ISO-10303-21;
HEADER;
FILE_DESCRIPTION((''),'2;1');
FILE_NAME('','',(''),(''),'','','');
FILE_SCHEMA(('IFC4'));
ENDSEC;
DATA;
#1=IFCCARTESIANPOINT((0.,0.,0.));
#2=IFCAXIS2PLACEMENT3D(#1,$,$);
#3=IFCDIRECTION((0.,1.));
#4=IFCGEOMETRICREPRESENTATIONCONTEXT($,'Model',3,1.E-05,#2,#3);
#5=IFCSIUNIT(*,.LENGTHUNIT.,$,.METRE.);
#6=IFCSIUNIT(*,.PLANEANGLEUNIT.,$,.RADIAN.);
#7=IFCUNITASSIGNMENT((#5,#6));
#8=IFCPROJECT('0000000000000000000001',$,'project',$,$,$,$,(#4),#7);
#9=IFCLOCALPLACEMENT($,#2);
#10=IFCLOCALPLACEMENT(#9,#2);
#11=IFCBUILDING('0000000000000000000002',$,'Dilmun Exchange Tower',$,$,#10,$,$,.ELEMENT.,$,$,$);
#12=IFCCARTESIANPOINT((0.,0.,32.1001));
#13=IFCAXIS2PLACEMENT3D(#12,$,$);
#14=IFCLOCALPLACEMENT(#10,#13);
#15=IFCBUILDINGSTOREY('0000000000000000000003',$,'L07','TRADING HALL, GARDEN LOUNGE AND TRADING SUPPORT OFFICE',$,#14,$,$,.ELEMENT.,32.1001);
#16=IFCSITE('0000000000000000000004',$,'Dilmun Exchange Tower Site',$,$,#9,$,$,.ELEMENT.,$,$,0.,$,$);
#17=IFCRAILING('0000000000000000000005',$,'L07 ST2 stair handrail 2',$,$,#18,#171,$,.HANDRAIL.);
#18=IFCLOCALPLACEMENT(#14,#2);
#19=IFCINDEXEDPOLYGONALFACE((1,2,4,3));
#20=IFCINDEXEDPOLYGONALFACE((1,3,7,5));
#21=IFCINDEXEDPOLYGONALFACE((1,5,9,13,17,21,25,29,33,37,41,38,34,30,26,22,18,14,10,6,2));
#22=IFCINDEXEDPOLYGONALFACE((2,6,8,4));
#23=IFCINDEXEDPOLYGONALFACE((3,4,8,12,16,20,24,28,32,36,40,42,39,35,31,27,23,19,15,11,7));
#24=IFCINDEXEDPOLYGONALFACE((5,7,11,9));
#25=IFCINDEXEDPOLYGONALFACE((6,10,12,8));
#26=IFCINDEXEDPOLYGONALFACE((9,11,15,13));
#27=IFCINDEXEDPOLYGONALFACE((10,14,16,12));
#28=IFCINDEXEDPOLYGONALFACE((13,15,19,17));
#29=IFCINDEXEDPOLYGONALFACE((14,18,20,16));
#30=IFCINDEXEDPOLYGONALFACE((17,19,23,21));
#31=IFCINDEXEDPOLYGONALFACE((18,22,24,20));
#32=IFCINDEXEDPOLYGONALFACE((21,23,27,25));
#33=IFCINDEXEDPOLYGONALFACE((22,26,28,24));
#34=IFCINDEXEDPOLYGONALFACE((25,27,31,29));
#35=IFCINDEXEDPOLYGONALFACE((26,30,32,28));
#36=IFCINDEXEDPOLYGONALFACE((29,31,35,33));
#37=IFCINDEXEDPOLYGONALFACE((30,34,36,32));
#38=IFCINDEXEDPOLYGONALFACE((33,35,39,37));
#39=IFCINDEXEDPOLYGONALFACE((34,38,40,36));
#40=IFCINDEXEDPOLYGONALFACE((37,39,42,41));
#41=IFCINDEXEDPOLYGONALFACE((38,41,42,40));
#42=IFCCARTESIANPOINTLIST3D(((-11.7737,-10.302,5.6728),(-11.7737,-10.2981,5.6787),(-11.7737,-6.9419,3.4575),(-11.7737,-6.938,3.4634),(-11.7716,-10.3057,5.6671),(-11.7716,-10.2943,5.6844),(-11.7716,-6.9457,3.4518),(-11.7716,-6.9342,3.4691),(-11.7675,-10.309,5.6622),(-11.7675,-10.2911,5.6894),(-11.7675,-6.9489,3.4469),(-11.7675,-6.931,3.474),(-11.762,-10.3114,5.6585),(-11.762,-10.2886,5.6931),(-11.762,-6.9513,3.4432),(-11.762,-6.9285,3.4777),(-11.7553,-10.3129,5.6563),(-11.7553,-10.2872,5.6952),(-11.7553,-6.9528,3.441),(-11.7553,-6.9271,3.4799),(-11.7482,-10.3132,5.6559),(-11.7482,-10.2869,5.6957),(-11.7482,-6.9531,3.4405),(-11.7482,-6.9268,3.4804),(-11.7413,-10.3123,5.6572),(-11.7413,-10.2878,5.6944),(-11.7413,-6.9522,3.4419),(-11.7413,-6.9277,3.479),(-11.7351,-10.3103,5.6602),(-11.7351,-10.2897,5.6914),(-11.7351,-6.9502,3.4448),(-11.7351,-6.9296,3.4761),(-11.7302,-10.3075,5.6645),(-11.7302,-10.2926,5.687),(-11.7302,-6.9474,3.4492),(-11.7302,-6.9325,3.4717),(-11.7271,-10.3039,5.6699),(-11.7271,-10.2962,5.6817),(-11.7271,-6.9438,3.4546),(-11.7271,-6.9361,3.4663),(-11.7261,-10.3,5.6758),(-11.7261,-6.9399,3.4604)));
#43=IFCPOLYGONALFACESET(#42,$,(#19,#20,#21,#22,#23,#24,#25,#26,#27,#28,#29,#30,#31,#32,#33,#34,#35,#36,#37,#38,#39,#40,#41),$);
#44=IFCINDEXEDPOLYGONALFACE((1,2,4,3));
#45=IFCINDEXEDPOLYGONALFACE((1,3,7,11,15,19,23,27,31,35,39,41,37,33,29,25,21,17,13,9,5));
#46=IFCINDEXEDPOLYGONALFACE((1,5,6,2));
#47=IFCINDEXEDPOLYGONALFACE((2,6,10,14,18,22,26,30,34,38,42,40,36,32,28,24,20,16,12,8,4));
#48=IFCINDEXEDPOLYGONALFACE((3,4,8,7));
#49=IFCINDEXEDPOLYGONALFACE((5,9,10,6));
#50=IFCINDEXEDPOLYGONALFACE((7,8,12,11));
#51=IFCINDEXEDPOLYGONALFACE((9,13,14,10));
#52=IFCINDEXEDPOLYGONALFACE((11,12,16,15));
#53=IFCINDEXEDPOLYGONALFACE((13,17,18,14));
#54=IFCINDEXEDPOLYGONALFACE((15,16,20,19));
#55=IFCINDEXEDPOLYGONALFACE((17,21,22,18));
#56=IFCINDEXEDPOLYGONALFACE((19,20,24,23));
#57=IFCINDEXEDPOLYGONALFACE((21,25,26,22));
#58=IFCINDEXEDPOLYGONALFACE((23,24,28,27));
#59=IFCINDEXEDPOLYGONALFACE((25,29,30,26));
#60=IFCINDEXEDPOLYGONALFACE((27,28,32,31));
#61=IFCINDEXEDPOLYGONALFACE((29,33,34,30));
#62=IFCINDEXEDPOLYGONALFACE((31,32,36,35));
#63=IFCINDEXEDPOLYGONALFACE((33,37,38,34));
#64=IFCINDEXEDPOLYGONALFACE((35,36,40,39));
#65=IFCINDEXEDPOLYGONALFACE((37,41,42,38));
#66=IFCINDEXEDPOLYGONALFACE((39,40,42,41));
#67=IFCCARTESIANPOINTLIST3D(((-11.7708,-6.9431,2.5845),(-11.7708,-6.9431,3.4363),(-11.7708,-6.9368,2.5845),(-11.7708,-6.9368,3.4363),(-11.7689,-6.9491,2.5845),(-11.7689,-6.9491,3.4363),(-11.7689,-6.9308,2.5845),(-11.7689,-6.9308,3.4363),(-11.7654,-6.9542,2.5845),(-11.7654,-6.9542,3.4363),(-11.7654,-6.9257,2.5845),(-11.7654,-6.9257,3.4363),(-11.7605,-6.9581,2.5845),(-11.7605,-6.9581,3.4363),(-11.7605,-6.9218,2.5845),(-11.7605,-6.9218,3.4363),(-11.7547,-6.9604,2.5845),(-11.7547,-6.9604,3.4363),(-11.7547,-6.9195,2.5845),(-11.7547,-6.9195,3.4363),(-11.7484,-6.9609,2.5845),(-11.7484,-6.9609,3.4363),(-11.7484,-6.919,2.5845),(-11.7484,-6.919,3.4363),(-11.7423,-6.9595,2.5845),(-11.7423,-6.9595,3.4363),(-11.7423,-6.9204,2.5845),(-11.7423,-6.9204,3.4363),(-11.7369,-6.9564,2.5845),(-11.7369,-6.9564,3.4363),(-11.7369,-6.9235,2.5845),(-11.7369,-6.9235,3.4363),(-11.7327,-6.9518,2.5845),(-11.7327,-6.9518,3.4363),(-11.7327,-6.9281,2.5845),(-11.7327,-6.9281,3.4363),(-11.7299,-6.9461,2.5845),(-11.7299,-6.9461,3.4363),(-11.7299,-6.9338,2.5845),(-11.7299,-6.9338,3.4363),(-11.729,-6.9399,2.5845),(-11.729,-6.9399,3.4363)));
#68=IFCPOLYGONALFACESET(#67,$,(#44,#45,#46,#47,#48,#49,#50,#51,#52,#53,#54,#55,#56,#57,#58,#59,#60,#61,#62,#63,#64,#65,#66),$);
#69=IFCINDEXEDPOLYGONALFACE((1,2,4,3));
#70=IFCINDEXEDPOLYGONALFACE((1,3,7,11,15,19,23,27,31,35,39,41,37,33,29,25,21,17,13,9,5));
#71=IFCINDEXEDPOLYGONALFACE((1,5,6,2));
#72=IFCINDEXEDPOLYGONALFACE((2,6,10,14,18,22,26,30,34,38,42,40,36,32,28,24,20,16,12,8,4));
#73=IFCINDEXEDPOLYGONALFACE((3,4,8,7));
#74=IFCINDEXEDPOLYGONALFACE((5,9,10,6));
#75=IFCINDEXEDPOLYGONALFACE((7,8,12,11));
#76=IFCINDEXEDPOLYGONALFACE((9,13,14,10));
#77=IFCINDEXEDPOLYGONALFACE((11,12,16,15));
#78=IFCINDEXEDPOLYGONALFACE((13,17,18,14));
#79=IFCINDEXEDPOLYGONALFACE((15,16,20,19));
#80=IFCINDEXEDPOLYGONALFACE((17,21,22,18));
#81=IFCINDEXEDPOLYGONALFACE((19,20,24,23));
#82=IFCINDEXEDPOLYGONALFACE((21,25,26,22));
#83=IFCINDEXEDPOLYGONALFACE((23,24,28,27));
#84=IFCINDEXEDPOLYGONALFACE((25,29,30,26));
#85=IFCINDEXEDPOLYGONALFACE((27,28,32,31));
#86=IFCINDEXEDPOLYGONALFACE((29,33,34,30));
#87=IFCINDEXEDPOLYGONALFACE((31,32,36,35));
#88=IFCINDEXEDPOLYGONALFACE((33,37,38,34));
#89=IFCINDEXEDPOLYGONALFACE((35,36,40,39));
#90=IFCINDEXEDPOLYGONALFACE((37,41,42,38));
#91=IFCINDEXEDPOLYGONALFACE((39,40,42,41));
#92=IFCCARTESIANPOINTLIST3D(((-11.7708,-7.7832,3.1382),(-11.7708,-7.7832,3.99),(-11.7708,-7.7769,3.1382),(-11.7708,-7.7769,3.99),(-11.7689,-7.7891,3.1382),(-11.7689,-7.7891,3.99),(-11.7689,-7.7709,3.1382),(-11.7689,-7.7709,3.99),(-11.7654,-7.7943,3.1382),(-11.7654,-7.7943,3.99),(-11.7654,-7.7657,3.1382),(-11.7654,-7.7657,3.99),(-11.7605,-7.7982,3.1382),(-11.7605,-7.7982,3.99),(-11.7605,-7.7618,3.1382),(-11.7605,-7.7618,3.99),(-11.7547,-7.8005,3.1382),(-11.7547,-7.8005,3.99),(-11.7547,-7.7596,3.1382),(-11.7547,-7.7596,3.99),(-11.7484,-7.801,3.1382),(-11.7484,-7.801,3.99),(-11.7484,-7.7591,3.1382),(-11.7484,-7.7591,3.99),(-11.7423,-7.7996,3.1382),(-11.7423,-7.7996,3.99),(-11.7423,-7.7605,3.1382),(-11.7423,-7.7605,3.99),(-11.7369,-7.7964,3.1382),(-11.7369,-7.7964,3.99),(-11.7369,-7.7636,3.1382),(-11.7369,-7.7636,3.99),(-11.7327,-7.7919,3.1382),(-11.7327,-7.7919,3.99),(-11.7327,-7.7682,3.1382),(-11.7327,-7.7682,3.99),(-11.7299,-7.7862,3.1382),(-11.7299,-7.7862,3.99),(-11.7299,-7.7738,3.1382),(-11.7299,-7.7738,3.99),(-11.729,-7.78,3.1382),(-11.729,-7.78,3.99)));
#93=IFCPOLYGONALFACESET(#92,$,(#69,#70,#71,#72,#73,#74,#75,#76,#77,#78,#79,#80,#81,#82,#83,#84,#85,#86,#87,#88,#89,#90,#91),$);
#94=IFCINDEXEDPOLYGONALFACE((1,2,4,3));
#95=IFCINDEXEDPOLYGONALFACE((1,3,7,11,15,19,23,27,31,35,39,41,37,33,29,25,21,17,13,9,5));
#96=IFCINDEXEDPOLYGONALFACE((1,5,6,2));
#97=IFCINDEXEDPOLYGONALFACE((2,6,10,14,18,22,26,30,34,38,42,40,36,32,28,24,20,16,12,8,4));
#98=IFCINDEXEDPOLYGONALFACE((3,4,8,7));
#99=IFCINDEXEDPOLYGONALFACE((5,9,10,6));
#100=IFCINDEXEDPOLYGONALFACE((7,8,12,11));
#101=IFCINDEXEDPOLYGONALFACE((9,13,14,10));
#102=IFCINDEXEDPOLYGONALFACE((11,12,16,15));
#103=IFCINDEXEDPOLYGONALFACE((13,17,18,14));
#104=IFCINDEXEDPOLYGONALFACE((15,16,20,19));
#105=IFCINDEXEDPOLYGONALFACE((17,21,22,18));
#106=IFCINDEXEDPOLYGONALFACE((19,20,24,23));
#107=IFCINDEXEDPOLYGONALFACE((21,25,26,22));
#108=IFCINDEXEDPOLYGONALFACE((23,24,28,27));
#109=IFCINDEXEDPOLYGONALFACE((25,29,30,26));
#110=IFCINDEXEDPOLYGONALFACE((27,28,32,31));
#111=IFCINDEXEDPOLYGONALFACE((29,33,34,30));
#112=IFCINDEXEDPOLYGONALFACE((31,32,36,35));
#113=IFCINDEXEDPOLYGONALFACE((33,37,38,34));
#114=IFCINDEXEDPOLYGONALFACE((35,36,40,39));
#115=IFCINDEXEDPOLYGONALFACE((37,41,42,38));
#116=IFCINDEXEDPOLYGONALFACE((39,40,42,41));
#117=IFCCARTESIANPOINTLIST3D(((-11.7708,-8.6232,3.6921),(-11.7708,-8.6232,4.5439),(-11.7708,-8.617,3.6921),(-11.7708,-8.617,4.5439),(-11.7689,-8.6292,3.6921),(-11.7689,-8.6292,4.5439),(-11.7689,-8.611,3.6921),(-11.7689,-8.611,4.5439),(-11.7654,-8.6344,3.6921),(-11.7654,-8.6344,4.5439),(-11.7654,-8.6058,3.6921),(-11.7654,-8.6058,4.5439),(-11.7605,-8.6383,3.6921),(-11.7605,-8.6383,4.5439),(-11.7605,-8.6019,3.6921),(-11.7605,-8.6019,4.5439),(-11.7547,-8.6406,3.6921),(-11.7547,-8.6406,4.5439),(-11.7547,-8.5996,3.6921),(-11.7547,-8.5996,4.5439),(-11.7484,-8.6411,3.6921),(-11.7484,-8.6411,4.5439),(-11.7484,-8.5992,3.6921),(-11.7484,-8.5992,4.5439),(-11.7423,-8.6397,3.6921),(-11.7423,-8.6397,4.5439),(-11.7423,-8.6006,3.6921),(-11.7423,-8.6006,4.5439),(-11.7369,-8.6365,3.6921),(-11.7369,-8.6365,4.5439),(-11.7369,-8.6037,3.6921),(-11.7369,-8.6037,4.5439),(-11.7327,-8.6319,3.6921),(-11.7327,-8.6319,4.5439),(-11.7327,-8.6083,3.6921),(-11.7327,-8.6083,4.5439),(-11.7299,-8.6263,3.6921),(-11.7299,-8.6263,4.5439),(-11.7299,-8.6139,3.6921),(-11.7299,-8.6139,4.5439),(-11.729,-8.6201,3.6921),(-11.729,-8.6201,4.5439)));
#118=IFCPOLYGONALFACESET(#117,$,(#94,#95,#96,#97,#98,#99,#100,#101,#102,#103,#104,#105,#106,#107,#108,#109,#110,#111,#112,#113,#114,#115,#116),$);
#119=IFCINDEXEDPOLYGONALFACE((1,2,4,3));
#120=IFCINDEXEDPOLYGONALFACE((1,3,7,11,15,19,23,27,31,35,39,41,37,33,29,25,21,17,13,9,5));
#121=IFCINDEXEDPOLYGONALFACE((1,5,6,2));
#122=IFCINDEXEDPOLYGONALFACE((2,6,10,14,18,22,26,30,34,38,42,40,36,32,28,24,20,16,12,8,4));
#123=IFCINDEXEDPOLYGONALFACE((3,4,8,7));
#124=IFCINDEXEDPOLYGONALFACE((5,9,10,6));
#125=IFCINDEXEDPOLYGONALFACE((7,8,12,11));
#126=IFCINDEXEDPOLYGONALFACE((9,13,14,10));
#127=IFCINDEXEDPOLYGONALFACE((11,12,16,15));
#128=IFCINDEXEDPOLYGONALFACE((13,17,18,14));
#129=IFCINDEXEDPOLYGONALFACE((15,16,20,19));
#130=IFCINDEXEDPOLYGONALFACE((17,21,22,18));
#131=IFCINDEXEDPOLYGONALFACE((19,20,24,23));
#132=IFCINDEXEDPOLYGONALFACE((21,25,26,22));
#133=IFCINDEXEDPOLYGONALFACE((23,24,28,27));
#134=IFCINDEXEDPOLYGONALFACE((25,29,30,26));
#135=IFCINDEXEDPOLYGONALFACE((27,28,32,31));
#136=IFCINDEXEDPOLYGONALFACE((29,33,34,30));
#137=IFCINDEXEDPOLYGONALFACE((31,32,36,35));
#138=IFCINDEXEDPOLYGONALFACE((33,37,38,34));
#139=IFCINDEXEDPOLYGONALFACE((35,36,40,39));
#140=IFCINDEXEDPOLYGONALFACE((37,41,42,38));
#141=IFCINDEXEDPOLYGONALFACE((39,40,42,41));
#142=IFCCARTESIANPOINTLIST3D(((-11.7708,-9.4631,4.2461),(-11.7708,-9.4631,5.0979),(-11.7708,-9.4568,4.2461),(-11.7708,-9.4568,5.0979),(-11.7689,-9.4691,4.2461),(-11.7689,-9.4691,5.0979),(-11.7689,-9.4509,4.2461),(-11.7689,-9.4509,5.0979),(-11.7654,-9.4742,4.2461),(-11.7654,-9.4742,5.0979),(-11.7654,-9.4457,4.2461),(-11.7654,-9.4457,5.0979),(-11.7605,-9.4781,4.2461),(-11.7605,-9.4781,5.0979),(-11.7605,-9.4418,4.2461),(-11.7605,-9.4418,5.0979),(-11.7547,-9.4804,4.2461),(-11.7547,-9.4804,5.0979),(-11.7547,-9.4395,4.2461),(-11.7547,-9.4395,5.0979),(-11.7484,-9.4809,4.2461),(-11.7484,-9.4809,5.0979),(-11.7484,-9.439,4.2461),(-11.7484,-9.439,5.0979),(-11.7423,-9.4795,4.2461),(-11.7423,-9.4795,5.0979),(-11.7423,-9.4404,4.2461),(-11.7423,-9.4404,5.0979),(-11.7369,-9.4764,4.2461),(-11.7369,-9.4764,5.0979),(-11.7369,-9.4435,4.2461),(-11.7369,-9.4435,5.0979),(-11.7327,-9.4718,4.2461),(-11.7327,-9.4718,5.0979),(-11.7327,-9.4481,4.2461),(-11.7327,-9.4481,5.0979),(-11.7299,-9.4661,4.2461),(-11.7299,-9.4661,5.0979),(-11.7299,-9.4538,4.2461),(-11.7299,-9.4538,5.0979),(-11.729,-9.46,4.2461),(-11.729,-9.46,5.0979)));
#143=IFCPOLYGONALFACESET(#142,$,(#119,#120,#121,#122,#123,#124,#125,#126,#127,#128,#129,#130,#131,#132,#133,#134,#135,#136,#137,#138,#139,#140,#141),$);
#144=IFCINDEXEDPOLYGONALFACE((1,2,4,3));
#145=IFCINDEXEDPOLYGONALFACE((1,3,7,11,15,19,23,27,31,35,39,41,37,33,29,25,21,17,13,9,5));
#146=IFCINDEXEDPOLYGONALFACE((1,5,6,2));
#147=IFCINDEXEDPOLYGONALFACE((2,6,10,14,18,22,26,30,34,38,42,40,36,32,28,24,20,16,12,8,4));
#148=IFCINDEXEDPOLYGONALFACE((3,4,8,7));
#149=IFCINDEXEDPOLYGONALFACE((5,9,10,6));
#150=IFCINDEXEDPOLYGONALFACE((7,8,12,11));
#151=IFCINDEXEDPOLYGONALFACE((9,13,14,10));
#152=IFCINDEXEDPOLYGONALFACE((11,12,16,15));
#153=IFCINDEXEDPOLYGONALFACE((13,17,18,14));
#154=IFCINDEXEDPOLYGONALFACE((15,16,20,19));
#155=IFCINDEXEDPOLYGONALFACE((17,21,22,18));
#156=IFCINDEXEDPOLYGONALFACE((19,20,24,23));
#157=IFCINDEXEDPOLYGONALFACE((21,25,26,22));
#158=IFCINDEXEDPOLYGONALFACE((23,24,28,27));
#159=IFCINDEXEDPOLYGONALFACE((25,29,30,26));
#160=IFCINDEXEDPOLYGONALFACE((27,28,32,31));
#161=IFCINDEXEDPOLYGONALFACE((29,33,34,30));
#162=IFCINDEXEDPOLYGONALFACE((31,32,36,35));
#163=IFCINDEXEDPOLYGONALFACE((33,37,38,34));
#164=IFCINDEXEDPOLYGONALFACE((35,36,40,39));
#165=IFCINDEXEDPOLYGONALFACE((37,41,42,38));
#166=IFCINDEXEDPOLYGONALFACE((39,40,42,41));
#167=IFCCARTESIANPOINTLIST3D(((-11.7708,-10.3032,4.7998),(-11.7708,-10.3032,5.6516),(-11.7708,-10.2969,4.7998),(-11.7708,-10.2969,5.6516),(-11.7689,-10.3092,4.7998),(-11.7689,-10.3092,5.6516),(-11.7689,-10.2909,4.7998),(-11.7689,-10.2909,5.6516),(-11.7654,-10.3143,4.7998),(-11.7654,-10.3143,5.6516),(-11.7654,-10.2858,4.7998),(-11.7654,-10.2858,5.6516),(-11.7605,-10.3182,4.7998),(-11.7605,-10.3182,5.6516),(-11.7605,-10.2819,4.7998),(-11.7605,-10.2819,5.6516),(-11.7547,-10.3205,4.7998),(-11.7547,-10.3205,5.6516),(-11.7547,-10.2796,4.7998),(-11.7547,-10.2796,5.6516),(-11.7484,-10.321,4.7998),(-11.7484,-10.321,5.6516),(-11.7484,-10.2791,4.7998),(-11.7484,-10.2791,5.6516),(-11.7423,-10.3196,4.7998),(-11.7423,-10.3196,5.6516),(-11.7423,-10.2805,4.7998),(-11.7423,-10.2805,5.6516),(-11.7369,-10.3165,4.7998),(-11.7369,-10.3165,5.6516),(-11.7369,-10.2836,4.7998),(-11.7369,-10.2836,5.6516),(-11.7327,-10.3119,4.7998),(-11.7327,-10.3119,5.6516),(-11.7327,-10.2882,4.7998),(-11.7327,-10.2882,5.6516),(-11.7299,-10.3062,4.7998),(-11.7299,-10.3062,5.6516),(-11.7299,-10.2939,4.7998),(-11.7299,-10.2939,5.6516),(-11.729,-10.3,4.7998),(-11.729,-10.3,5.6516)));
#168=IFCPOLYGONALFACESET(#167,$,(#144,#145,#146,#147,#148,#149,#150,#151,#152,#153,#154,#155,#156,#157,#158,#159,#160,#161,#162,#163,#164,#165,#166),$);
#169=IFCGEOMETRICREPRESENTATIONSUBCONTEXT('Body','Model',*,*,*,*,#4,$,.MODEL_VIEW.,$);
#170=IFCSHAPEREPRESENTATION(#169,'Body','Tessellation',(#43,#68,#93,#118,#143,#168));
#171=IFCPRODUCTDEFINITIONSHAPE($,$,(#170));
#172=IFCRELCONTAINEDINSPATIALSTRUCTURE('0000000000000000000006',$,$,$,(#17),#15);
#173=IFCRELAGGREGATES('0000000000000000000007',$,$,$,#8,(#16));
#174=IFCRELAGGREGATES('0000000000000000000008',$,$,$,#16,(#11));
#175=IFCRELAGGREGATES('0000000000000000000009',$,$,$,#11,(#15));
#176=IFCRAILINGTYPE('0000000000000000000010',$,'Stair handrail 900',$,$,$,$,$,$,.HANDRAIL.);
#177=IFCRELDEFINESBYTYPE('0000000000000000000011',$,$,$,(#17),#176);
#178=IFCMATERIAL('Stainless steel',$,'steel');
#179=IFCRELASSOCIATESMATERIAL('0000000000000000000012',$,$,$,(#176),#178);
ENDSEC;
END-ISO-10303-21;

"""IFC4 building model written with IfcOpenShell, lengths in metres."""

from ifc_helpers import new_model, si_unit, direction, frame, origin, origin_2d, place, context, subcontext, project, spatial, circle, extrude, material, type_object, element, save


model = new_model("IFC4")

# Units and contexts
model_context = context("Model", 3, precision=1e-05, world=origin(), true_north=direction((0.0, 1.0)))
body_context = subcontext(model_context, "Body", "Model", "MODEL_VIEW")
ifc_project = project(units=[si_unit("LENGTHUNIT", "METRE"), si_unit("PLANEANGLEUNIT", "RADIAN")], contexts=[model_context])

# Site, building, storey
site_placement = place(None, origin())
site = spatial("IfcSite", under=ifc_project, at=site_placement, Name="Dilmun Exchange Tower Site", CompositionType="ELEMENT", RefElevation=0.0)
building_placement = place(site_placement, origin())
building = spatial("IfcBuilding", under=site, at=building_placement, Name="Dilmun Exchange Tower", CompositionType="ELEMENT")
storey_placement = place(building_placement, frame((0.0, 0.0, 32.1001)))
storey = spatial("IfcBuildingStorey", under=building, at=storey_placement, Name="L07", Description="TRADING HALL, GARDEN LOUNGE AND TRADING SUPPORT OFFICE", CompositionType="ELEMENT", Elevation=32.1001)

# Railing
ifc_material_1 = material(Name="Stainless steel", Category="steel")
railing_type = type_object("IfcRailingType", Name="Stair handrail 900", PredefinedType="HANDRAIL", material=ifc_material_1)
railing_1_placement = place(storey_placement, frame((-11.75, -6.9399, 2.5845)))
element("IfcRailing", 1, at=railing_1_placement, inside=storey, type_object=railing_type, Name="L07 ST2 stair handrail 2", PredefinedType="HANDRAIL", context=body_context, shape_type="SweptSolid", body=[
    extrude(circle(Radius=0.0239, at=origin_2d()), frame((0.0, 0.0, 0.876), z_axis=(0.0, -0.834876, 0.550437), x_axis=(1.0, 0.0, 0.0)), (0.0, 0.0, 1.0), 4.0247),
    extrude(circle(Radius=0.021, at=origin_2d()), origin(), (0.0, 0.0, 1.0), 0.8518),
    extrude(circle(Radius=0.021, at=origin_2d()), frame((0.0, -0.8401, 0.5537)), (0.0, 0.0, 1.0), 0.8518),
    extrude(circle(Radius=0.021, at=origin_2d()), frame((0.0, -1.6802, 1.1077)), (0.0, 0.0, 1.0), 0.8518),
    extrude(circle(Radius=0.021, at=origin_2d()), frame((0.0, -2.52, 1.6616)), (0.0, 0.0, 1.0), 0.8518),
    extrude(circle(Radius=0.021, at=origin_2d()), frame((0.0, -3.3601, 2.2153)), (0.0, 0.0, 1.0), 0.8518),
])

save(model, "model.ifc")
